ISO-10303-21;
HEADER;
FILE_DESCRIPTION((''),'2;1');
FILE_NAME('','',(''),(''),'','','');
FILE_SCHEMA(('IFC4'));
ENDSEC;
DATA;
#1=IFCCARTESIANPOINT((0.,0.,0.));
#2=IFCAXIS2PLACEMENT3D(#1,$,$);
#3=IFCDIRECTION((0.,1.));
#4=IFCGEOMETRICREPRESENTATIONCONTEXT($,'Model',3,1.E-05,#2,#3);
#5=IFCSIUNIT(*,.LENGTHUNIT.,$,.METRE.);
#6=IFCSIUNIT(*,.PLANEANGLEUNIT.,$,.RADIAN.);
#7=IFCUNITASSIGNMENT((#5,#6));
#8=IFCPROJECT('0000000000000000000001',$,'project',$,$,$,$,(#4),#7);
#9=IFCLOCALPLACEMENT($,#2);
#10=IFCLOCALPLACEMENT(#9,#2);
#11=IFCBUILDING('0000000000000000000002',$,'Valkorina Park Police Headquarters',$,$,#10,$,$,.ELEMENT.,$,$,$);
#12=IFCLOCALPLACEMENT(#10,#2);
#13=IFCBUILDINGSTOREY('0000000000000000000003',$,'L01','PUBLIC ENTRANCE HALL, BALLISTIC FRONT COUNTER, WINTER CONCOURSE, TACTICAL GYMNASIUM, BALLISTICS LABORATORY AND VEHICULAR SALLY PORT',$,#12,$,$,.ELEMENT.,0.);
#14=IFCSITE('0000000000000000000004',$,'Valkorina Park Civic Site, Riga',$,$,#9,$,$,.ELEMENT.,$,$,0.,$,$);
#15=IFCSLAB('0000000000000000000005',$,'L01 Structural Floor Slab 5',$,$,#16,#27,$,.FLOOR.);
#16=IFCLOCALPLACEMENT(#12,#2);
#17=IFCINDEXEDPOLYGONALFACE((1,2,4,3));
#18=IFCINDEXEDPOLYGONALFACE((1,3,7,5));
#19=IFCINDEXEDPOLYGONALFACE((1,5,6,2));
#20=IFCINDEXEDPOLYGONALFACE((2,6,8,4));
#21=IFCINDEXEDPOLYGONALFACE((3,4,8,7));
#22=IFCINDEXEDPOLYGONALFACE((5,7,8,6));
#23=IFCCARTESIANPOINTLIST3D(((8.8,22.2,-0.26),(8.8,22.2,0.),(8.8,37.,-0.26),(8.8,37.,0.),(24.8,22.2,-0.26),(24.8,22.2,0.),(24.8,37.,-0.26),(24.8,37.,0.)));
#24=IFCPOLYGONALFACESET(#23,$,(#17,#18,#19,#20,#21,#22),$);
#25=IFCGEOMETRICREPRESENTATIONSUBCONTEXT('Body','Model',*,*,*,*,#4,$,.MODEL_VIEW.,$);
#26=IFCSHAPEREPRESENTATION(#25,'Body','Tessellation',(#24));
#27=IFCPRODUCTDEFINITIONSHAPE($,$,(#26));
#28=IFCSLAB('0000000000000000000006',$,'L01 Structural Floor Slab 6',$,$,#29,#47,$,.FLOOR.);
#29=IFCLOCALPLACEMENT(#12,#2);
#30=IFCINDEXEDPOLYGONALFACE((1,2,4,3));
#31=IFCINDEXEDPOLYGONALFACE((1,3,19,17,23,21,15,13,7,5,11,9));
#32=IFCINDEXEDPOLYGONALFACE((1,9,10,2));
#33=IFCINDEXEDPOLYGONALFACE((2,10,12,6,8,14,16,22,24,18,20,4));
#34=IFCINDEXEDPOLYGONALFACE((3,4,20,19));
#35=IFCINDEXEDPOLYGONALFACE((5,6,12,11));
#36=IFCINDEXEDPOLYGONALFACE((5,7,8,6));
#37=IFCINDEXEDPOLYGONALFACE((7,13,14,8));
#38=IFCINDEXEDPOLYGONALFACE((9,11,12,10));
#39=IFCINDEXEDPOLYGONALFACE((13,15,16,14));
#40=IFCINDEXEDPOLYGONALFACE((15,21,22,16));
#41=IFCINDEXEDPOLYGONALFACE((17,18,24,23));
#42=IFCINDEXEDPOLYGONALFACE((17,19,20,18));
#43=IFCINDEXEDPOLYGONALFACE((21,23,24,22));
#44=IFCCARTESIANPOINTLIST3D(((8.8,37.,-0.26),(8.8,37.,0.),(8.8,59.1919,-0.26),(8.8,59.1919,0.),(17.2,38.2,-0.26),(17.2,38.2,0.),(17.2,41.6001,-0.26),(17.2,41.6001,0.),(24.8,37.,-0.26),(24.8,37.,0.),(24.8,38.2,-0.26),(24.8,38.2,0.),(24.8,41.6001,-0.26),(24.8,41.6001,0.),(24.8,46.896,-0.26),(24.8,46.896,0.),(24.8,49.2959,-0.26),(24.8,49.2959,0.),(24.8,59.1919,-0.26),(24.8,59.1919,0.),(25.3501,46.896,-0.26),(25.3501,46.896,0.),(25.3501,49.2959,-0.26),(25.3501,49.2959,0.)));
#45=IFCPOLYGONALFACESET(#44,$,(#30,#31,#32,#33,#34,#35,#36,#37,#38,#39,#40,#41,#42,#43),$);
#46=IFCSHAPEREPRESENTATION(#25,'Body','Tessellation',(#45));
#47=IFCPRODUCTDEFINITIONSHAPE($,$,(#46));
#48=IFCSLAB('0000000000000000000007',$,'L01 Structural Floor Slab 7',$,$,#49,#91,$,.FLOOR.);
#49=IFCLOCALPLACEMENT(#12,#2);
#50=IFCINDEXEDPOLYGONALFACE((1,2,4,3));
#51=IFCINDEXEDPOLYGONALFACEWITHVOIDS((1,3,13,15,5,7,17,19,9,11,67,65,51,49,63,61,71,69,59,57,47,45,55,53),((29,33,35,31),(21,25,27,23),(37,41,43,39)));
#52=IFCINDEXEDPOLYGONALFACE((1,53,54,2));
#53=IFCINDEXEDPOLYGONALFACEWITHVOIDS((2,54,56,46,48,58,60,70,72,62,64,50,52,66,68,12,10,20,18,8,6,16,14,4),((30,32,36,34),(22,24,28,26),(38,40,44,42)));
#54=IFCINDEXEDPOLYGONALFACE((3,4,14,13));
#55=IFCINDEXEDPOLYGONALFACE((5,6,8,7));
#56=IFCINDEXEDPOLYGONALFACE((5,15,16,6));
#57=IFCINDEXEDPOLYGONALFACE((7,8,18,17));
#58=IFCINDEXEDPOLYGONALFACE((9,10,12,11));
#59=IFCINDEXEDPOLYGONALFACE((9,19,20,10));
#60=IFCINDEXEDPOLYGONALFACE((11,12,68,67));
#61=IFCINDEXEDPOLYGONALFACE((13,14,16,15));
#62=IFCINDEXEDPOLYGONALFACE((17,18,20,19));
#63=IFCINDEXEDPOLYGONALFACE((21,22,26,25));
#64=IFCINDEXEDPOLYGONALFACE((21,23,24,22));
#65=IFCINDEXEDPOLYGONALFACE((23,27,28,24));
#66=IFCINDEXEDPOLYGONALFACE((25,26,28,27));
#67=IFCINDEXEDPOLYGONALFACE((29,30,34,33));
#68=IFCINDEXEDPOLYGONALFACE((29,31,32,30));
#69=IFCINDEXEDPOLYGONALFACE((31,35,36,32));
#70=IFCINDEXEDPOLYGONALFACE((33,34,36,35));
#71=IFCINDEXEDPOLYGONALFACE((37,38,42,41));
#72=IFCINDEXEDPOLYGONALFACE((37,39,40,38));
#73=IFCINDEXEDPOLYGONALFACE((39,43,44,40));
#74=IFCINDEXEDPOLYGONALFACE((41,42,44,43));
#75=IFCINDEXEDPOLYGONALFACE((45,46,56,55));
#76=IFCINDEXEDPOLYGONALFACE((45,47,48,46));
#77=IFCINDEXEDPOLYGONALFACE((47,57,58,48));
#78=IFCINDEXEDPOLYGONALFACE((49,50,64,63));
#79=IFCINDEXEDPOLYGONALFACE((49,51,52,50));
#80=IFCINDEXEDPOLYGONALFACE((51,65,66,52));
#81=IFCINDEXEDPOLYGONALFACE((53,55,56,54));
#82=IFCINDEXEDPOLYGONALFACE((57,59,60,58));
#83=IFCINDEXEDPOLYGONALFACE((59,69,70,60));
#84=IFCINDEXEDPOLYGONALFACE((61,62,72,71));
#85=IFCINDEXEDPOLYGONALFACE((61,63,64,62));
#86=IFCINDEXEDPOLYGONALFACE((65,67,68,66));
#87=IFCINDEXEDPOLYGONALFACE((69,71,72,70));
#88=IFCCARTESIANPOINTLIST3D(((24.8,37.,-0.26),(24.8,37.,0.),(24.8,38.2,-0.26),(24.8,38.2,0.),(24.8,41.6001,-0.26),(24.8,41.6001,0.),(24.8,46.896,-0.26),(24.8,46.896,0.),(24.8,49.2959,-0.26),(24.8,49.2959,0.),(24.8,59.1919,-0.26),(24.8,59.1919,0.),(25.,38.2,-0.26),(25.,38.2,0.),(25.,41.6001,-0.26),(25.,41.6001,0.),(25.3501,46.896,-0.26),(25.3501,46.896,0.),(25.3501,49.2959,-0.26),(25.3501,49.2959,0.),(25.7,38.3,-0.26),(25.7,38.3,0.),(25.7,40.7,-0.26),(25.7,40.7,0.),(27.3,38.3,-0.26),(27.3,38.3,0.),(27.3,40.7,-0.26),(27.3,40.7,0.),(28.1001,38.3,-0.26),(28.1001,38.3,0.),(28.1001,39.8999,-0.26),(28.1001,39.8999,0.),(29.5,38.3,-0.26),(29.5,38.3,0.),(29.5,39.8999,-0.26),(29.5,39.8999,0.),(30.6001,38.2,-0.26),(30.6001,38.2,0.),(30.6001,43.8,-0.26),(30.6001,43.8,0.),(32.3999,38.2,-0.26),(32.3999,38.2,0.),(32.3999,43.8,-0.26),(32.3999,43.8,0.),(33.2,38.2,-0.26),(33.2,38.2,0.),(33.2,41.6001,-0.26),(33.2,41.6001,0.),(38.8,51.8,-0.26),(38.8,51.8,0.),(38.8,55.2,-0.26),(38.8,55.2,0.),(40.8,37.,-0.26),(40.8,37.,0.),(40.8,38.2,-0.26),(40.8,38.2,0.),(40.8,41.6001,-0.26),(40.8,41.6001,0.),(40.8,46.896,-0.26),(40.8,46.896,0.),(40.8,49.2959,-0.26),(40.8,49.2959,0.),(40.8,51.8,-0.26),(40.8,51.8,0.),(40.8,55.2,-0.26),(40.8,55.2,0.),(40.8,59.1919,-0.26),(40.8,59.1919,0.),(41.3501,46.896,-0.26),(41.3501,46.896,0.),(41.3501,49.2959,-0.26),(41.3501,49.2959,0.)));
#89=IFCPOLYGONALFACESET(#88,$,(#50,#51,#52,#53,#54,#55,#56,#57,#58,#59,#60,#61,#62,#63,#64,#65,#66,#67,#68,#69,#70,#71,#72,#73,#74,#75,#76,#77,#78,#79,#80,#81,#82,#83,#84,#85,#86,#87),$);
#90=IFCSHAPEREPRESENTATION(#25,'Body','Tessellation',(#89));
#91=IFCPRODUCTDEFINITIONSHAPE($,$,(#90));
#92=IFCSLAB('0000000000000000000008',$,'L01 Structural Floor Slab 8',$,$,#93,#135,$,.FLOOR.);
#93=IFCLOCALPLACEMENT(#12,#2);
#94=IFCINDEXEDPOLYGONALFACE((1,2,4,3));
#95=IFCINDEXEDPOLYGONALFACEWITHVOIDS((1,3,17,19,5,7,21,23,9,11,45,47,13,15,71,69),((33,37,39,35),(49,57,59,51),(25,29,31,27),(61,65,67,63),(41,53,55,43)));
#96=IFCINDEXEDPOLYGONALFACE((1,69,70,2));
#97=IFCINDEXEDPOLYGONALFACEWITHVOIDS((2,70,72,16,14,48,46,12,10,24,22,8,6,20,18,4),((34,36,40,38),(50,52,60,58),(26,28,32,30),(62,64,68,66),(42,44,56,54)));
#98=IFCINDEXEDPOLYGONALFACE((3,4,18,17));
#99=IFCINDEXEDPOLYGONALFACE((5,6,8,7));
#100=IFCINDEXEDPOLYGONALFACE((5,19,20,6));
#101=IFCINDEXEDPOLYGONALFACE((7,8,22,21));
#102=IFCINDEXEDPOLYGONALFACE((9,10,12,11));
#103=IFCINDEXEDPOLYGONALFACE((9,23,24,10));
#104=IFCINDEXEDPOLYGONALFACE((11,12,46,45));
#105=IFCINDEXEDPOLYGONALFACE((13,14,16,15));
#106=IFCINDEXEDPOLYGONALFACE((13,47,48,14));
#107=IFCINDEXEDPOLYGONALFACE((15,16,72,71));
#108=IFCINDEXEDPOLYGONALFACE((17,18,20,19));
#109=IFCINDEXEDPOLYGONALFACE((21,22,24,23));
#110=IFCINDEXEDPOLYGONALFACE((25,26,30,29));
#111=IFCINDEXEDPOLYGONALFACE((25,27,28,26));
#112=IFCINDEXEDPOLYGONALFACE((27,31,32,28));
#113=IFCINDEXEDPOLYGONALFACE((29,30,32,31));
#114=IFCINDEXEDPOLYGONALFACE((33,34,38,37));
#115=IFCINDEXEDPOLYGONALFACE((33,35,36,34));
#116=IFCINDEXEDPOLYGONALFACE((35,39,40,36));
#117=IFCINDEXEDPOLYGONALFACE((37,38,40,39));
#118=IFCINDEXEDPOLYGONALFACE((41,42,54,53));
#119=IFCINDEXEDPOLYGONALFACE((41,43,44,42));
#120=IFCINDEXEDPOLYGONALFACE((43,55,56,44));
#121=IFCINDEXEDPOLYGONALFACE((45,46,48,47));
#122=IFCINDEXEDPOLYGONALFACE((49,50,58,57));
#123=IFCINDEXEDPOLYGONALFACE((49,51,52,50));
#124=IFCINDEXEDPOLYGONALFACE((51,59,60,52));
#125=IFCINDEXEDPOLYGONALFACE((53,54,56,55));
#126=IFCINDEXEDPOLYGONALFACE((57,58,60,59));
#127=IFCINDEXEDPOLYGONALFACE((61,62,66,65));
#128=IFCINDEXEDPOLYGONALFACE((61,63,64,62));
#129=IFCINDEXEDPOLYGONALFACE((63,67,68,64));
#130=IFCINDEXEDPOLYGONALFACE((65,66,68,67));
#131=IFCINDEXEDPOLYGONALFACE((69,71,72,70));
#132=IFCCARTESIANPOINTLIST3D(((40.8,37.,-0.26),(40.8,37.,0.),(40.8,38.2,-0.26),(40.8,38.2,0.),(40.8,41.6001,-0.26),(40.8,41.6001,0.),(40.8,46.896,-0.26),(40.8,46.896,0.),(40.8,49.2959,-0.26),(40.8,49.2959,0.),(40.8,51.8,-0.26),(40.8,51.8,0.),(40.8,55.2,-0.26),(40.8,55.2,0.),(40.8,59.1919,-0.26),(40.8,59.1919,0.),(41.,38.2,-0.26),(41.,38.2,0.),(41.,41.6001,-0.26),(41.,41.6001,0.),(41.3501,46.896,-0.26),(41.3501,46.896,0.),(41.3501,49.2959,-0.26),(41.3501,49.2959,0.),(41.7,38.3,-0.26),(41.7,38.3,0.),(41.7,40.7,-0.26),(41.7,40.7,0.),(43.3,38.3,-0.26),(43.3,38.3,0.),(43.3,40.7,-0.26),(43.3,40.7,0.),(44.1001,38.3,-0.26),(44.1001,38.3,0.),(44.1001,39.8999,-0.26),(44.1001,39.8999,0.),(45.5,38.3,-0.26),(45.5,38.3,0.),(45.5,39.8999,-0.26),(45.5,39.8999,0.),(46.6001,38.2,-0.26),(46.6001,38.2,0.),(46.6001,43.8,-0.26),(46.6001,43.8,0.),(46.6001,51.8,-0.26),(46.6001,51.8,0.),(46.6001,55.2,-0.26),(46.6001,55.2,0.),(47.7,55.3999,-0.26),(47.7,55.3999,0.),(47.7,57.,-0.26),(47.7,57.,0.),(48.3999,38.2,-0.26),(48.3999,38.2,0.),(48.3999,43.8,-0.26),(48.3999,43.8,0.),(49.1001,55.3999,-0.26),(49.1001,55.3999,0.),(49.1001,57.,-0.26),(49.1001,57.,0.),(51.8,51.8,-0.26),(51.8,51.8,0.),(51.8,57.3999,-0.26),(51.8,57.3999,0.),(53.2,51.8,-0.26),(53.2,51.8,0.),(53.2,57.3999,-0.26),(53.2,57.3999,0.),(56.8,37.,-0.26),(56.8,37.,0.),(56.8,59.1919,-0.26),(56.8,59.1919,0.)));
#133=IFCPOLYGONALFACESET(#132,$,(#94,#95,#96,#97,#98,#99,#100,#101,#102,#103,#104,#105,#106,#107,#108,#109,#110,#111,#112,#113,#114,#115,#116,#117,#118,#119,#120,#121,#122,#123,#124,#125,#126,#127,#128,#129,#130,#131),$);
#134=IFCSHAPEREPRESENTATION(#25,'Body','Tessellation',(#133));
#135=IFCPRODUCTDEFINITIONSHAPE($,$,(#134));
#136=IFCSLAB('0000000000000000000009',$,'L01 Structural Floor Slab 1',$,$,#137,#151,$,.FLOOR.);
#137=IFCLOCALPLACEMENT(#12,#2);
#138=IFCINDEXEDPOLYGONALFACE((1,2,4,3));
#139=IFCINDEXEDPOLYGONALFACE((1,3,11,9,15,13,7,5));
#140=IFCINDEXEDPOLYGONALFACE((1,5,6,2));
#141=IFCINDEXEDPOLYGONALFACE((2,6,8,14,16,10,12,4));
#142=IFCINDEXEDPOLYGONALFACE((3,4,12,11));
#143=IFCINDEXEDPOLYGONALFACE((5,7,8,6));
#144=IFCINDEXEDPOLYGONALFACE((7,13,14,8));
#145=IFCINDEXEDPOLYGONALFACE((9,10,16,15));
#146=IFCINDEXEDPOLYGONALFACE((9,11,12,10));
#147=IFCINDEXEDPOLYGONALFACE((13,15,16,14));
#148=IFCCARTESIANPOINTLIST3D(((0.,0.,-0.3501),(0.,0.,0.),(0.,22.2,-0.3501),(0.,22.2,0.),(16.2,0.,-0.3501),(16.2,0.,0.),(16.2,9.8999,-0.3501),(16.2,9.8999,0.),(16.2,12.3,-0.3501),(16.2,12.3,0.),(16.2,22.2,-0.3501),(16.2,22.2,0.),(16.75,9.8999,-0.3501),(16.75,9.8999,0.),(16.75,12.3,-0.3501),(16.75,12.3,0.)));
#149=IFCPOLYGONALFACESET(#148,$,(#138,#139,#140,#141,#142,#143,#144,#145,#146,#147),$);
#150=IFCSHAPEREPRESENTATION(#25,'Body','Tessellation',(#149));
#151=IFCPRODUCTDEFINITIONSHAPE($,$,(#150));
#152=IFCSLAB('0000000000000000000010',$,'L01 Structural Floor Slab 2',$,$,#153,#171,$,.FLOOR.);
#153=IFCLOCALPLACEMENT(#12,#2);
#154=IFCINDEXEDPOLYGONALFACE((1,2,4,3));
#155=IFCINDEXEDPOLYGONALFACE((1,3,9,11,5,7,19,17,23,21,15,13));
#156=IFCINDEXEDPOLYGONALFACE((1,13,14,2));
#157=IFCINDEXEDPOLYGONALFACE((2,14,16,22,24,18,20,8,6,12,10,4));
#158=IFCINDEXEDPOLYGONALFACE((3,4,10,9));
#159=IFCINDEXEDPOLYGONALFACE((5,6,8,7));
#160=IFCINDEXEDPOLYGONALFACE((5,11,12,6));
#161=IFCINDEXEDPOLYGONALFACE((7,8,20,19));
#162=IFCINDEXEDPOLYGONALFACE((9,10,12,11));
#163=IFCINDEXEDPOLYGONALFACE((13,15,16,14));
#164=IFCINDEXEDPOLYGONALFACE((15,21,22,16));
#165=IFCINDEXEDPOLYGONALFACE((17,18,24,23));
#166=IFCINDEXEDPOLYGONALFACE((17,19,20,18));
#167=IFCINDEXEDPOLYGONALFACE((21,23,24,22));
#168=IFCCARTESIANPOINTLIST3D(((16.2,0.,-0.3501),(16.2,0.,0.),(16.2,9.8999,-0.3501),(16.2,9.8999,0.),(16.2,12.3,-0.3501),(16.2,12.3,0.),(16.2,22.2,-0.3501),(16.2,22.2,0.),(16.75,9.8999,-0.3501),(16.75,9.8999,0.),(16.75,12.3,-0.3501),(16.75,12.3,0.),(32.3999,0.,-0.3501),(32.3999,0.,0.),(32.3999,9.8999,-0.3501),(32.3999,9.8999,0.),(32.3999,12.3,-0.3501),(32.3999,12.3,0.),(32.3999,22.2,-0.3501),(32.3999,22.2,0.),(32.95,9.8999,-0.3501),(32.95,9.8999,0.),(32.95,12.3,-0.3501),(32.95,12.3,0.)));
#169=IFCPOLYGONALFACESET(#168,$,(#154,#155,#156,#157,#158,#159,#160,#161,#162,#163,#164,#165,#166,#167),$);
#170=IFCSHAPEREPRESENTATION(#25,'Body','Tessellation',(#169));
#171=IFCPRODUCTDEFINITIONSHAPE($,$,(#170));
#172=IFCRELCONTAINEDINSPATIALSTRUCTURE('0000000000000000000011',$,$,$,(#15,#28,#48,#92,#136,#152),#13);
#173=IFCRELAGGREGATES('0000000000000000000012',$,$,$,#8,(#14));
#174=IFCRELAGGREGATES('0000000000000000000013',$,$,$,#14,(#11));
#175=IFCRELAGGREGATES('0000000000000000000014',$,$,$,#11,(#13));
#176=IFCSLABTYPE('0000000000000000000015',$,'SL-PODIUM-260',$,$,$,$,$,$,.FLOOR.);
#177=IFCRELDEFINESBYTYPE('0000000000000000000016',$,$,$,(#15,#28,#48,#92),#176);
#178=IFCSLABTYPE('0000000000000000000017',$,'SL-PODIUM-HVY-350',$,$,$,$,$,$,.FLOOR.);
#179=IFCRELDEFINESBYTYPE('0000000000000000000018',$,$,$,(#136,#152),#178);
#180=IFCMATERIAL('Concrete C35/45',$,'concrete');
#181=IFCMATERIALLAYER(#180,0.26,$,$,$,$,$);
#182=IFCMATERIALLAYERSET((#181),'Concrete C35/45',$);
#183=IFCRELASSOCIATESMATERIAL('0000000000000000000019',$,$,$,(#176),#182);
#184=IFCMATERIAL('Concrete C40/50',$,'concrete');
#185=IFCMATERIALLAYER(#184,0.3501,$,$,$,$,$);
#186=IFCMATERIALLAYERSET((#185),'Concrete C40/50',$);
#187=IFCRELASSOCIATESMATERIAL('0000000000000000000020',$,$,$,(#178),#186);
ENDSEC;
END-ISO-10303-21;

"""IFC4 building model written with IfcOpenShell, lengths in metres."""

from ifc_helpers import new_model, si_unit, direction, frame, origin, place, context, subcontext, project, spatial, polyline, outline, extrude, material, layer, layer_set, type_object, element, save


model = new_model("IFC4")

# Units and contexts
model_context = context("Model", 3, precision=1e-05, world=origin(), true_north=direction((0.0, 1.0)))
body_context = subcontext(model_context, "Body", "Model", "MODEL_VIEW")
ifc_project = project(units=[si_unit("LENGTHUNIT", "METRE"), si_unit("PLANEANGLEUNIT", "RADIAN")], contexts=[model_context])

# Site, building, storey
site_placement = place(None, origin())
site = spatial("IfcSite", under=ifc_project, at=site_placement, Name="Valkorina Park Civic Site, Riga", CompositionType="ELEMENT", RefElevation=0.0)
building_placement = place(site_placement, origin())
building = spatial("IfcBuilding", under=site, at=building_placement, Name="Valkorina Park Police Headquarters", CompositionType="ELEMENT")
storey_placement = place(building_placement, origin())
storey = spatial("IfcBuildingStorey", under=building, at=storey_placement, Name="L01", Description="PUBLIC ENTRANCE HALL, BALLISTIC FRONT COUNTER, WINTER CONCOURSE, TACTICAL GYMNASIUM, BALLISTICS LABORATORY AND VEHICULAR SALLY PORT", CompositionType="ELEMENT", Elevation=0.0)

# Slabs
ifc_material_1 = material(Name="Concrete C35/45", Category="concrete")
ifc_layer_1 = layer(ifc_material_1, 0.26)
ifc_layer_set_1 = layer_set([ifc_layer_1], Name="Concrete C35/45")
slab_type_1 = type_object("IfcSlabType", Name="SL-PODIUM-260", PredefinedType="FLOOR", material=ifc_layer_set_1)
slab_1_placement = place(storey_placement, frame((0.0, 0.0, -0.26)))
element("IfcSlab", 1, at=slab_1_placement, inside=storey, type_object=slab_type_1, Name="L01 Structural Floor Slab 5", PredefinedType="FLOOR", context=body_context, shape_type="SweptSolid", body=[
    extrude(outline(polyline([(24.8, 22.2), (24.8, 37.0), (8.8, 37.0), (8.8, 22.2), (24.8, 22.2)])), origin(), (0.0, 0.0, 1.0), 0.26),
])
slab_2_placement = place(storey_placement, frame((0.0, 0.0, -0.26)))
element("IfcSlab", 2, at=slab_2_placement, inside=storey, type_object=slab_type_1, Name="L01 Structural Floor Slab 6", PredefinedType="FLOOR", context=body_context, shape_type="SweptSolid", body=[
    extrude(outline(polyline([(25.3501, 49.2959), (24.8, 49.2959), (24.8, 59.1919), (8.8, 59.1919), (8.8, 37.0), (24.8, 37.0), (24.8, 38.2), (17.2, 38.2), (17.2, 41.6001), (24.8, 41.6001), (24.8, 46.896), (25.3501, 46.896), (25.3501, 49.2959)])), origin(), (0.0, 0.0, 1.0), 0.26),
])
slab_3_placement = place(storey_placement, frame((0.0, 0.0, -0.26)))
element("IfcSlab", 3, at=slab_3_placement, inside=storey, type_object=slab_type_1, Name="L01 Structural Floor Slab 7", PredefinedType="FLOOR", context=body_context, shape_type="SweptSolid", body=[
    extrude(outline(polyline([(41.3501, 49.2959), (40.8, 49.2959), (40.8, 51.8), (38.8, 51.8), (38.8, 55.2), (40.8, 55.2), (40.8, 59.1919), (24.8, 59.1919), (24.8, 49.2959), (25.3501, 49.2959), (25.3501, 46.896), (24.8, 46.896), (24.8, 41.6001), (25.0, 41.6001), (25.0, 38.2), (24.8, 38.2), (24.8, 37.0), (40.8, 37.0), (40.8, 38.2), (33.2, 38.2), (33.2, 41.6001), (40.8, 41.6001), (40.8, 46.896), (41.3501, 46.896), (41.3501, 49.2959)]), holes=[polyline([(29.5, 38.3), (28.1001, 38.3), (28.1001, 39.8999), (29.5, 39.8999), (29.5, 38.3)]), polyline([(27.3, 38.3), (25.7, 38.3), (25.7, 40.7), (27.3, 40.7), (27.3, 38.3)]), polyline([(32.3999, 38.2), (30.6001, 38.2), (30.6001, 43.8), (32.3999, 43.8), (32.3999, 38.2)])]), origin(), (0.0, 0.0, 1.0), 0.26),
])
slab_4_placement = place(storey_placement, frame((0.0, 0.0, -0.26)))
element("IfcSlab", 4, at=slab_4_placement, inside=storey, type_object=slab_type_1, Name="L01 Structural Floor Slab 8", PredefinedType="FLOOR", context=body_context, shape_type="SweptSolid", body=[
    extrude(outline(polyline([(40.8, 59.1919), (40.8, 55.2), (46.6001, 55.2), (46.6001, 51.8), (40.8, 51.8), (40.8, 49.2959), (41.3501, 49.2959), (41.3501, 46.896), (40.8, 46.896), (40.8, 41.6001), (41.0, 41.6001), (41.0, 38.2), (40.8, 38.2), (40.8, 37.0), (56.8, 37.0), (56.8, 59.1919), (40.8, 59.1919)]), holes=[polyline([(45.5, 38.3), (44.1001, 38.3), (44.1001, 39.8999), (45.5, 39.8999), (45.5, 38.3)]), polyline([(41.7, 38.3), (41.7, 40.7), (43.3, 40.7), (43.3, 38.3), (41.7, 38.3)]), polyline([(48.3999, 38.2), (46.6001, 38.2), (46.6001, 43.8), (48.3999, 43.8), (48.3999, 38.2)]), polyline([(53.2, 51.8), (51.8, 51.8), (51.8, 57.3999), (53.2, 57.3999), (53.2, 51.8)]), polyline([(49.1001, 55.3999), (47.7, 55.3999), (47.7, 57.0), (49.1001, 57.0), (49.1001, 55.3999)])]), origin(), (0.0, 0.0, 1.0), 0.26),
])
ifc_material_2 = material(Name="Concrete C40/50", Category="concrete")
ifc_layer_2 = layer(ifc_material_2, 0.3501)
ifc_layer_set_2 = layer_set([ifc_layer_2], Name="Concrete C40/50")
slab_type_2 = type_object("IfcSlabType", Name="SL-PODIUM-HVY-350", PredefinedType="FLOOR", material=ifc_layer_set_2)
slab_5_placement = place(storey_placement, frame((0.0, 0.0, -0.3501)))
element("IfcSlab", 5, at=slab_5_placement, inside=storey, type_object=slab_type_2, Name="L01 Structural Floor Slab 1", PredefinedType="FLOOR", context=body_context, shape_type="SweptSolid", body=[
    extrude(outline(polyline([(16.2, 0.0), (16.2, 9.8999), (16.75, 9.8999), (16.75, 12.3), (16.2, 12.3), (16.2, 22.2), (0.0, 22.2), (0.0, 0.0), (16.2, 0.0)])), origin(), (0.0, 0.0, 1.0), 0.3501),
])
slab_6_placement = place(storey_placement, frame((0.0, 0.0, -0.3501)))
element("IfcSlab", 6, at=slab_6_placement, inside=storey, type_object=slab_type_2, Name="L01 Structural Floor Slab 2", PredefinedType="FLOOR", context=body_context, shape_type="SweptSolid", body=[
    extrude(outline(polyline([(32.3999, 22.2), (16.2, 22.2), (16.2, 12.3), (16.75, 12.3), (16.75, 9.8999), (16.2, 9.8999), (16.2, 0.0), (32.3999, 0.0), (32.3999, 9.8999), (32.95, 9.8999), (32.95, 12.3), (32.3999, 12.3), (32.3999, 22.2)])), origin(), (0.0, 0.0, 1.0), 0.3501),
])

save(model, "model.ifc")
